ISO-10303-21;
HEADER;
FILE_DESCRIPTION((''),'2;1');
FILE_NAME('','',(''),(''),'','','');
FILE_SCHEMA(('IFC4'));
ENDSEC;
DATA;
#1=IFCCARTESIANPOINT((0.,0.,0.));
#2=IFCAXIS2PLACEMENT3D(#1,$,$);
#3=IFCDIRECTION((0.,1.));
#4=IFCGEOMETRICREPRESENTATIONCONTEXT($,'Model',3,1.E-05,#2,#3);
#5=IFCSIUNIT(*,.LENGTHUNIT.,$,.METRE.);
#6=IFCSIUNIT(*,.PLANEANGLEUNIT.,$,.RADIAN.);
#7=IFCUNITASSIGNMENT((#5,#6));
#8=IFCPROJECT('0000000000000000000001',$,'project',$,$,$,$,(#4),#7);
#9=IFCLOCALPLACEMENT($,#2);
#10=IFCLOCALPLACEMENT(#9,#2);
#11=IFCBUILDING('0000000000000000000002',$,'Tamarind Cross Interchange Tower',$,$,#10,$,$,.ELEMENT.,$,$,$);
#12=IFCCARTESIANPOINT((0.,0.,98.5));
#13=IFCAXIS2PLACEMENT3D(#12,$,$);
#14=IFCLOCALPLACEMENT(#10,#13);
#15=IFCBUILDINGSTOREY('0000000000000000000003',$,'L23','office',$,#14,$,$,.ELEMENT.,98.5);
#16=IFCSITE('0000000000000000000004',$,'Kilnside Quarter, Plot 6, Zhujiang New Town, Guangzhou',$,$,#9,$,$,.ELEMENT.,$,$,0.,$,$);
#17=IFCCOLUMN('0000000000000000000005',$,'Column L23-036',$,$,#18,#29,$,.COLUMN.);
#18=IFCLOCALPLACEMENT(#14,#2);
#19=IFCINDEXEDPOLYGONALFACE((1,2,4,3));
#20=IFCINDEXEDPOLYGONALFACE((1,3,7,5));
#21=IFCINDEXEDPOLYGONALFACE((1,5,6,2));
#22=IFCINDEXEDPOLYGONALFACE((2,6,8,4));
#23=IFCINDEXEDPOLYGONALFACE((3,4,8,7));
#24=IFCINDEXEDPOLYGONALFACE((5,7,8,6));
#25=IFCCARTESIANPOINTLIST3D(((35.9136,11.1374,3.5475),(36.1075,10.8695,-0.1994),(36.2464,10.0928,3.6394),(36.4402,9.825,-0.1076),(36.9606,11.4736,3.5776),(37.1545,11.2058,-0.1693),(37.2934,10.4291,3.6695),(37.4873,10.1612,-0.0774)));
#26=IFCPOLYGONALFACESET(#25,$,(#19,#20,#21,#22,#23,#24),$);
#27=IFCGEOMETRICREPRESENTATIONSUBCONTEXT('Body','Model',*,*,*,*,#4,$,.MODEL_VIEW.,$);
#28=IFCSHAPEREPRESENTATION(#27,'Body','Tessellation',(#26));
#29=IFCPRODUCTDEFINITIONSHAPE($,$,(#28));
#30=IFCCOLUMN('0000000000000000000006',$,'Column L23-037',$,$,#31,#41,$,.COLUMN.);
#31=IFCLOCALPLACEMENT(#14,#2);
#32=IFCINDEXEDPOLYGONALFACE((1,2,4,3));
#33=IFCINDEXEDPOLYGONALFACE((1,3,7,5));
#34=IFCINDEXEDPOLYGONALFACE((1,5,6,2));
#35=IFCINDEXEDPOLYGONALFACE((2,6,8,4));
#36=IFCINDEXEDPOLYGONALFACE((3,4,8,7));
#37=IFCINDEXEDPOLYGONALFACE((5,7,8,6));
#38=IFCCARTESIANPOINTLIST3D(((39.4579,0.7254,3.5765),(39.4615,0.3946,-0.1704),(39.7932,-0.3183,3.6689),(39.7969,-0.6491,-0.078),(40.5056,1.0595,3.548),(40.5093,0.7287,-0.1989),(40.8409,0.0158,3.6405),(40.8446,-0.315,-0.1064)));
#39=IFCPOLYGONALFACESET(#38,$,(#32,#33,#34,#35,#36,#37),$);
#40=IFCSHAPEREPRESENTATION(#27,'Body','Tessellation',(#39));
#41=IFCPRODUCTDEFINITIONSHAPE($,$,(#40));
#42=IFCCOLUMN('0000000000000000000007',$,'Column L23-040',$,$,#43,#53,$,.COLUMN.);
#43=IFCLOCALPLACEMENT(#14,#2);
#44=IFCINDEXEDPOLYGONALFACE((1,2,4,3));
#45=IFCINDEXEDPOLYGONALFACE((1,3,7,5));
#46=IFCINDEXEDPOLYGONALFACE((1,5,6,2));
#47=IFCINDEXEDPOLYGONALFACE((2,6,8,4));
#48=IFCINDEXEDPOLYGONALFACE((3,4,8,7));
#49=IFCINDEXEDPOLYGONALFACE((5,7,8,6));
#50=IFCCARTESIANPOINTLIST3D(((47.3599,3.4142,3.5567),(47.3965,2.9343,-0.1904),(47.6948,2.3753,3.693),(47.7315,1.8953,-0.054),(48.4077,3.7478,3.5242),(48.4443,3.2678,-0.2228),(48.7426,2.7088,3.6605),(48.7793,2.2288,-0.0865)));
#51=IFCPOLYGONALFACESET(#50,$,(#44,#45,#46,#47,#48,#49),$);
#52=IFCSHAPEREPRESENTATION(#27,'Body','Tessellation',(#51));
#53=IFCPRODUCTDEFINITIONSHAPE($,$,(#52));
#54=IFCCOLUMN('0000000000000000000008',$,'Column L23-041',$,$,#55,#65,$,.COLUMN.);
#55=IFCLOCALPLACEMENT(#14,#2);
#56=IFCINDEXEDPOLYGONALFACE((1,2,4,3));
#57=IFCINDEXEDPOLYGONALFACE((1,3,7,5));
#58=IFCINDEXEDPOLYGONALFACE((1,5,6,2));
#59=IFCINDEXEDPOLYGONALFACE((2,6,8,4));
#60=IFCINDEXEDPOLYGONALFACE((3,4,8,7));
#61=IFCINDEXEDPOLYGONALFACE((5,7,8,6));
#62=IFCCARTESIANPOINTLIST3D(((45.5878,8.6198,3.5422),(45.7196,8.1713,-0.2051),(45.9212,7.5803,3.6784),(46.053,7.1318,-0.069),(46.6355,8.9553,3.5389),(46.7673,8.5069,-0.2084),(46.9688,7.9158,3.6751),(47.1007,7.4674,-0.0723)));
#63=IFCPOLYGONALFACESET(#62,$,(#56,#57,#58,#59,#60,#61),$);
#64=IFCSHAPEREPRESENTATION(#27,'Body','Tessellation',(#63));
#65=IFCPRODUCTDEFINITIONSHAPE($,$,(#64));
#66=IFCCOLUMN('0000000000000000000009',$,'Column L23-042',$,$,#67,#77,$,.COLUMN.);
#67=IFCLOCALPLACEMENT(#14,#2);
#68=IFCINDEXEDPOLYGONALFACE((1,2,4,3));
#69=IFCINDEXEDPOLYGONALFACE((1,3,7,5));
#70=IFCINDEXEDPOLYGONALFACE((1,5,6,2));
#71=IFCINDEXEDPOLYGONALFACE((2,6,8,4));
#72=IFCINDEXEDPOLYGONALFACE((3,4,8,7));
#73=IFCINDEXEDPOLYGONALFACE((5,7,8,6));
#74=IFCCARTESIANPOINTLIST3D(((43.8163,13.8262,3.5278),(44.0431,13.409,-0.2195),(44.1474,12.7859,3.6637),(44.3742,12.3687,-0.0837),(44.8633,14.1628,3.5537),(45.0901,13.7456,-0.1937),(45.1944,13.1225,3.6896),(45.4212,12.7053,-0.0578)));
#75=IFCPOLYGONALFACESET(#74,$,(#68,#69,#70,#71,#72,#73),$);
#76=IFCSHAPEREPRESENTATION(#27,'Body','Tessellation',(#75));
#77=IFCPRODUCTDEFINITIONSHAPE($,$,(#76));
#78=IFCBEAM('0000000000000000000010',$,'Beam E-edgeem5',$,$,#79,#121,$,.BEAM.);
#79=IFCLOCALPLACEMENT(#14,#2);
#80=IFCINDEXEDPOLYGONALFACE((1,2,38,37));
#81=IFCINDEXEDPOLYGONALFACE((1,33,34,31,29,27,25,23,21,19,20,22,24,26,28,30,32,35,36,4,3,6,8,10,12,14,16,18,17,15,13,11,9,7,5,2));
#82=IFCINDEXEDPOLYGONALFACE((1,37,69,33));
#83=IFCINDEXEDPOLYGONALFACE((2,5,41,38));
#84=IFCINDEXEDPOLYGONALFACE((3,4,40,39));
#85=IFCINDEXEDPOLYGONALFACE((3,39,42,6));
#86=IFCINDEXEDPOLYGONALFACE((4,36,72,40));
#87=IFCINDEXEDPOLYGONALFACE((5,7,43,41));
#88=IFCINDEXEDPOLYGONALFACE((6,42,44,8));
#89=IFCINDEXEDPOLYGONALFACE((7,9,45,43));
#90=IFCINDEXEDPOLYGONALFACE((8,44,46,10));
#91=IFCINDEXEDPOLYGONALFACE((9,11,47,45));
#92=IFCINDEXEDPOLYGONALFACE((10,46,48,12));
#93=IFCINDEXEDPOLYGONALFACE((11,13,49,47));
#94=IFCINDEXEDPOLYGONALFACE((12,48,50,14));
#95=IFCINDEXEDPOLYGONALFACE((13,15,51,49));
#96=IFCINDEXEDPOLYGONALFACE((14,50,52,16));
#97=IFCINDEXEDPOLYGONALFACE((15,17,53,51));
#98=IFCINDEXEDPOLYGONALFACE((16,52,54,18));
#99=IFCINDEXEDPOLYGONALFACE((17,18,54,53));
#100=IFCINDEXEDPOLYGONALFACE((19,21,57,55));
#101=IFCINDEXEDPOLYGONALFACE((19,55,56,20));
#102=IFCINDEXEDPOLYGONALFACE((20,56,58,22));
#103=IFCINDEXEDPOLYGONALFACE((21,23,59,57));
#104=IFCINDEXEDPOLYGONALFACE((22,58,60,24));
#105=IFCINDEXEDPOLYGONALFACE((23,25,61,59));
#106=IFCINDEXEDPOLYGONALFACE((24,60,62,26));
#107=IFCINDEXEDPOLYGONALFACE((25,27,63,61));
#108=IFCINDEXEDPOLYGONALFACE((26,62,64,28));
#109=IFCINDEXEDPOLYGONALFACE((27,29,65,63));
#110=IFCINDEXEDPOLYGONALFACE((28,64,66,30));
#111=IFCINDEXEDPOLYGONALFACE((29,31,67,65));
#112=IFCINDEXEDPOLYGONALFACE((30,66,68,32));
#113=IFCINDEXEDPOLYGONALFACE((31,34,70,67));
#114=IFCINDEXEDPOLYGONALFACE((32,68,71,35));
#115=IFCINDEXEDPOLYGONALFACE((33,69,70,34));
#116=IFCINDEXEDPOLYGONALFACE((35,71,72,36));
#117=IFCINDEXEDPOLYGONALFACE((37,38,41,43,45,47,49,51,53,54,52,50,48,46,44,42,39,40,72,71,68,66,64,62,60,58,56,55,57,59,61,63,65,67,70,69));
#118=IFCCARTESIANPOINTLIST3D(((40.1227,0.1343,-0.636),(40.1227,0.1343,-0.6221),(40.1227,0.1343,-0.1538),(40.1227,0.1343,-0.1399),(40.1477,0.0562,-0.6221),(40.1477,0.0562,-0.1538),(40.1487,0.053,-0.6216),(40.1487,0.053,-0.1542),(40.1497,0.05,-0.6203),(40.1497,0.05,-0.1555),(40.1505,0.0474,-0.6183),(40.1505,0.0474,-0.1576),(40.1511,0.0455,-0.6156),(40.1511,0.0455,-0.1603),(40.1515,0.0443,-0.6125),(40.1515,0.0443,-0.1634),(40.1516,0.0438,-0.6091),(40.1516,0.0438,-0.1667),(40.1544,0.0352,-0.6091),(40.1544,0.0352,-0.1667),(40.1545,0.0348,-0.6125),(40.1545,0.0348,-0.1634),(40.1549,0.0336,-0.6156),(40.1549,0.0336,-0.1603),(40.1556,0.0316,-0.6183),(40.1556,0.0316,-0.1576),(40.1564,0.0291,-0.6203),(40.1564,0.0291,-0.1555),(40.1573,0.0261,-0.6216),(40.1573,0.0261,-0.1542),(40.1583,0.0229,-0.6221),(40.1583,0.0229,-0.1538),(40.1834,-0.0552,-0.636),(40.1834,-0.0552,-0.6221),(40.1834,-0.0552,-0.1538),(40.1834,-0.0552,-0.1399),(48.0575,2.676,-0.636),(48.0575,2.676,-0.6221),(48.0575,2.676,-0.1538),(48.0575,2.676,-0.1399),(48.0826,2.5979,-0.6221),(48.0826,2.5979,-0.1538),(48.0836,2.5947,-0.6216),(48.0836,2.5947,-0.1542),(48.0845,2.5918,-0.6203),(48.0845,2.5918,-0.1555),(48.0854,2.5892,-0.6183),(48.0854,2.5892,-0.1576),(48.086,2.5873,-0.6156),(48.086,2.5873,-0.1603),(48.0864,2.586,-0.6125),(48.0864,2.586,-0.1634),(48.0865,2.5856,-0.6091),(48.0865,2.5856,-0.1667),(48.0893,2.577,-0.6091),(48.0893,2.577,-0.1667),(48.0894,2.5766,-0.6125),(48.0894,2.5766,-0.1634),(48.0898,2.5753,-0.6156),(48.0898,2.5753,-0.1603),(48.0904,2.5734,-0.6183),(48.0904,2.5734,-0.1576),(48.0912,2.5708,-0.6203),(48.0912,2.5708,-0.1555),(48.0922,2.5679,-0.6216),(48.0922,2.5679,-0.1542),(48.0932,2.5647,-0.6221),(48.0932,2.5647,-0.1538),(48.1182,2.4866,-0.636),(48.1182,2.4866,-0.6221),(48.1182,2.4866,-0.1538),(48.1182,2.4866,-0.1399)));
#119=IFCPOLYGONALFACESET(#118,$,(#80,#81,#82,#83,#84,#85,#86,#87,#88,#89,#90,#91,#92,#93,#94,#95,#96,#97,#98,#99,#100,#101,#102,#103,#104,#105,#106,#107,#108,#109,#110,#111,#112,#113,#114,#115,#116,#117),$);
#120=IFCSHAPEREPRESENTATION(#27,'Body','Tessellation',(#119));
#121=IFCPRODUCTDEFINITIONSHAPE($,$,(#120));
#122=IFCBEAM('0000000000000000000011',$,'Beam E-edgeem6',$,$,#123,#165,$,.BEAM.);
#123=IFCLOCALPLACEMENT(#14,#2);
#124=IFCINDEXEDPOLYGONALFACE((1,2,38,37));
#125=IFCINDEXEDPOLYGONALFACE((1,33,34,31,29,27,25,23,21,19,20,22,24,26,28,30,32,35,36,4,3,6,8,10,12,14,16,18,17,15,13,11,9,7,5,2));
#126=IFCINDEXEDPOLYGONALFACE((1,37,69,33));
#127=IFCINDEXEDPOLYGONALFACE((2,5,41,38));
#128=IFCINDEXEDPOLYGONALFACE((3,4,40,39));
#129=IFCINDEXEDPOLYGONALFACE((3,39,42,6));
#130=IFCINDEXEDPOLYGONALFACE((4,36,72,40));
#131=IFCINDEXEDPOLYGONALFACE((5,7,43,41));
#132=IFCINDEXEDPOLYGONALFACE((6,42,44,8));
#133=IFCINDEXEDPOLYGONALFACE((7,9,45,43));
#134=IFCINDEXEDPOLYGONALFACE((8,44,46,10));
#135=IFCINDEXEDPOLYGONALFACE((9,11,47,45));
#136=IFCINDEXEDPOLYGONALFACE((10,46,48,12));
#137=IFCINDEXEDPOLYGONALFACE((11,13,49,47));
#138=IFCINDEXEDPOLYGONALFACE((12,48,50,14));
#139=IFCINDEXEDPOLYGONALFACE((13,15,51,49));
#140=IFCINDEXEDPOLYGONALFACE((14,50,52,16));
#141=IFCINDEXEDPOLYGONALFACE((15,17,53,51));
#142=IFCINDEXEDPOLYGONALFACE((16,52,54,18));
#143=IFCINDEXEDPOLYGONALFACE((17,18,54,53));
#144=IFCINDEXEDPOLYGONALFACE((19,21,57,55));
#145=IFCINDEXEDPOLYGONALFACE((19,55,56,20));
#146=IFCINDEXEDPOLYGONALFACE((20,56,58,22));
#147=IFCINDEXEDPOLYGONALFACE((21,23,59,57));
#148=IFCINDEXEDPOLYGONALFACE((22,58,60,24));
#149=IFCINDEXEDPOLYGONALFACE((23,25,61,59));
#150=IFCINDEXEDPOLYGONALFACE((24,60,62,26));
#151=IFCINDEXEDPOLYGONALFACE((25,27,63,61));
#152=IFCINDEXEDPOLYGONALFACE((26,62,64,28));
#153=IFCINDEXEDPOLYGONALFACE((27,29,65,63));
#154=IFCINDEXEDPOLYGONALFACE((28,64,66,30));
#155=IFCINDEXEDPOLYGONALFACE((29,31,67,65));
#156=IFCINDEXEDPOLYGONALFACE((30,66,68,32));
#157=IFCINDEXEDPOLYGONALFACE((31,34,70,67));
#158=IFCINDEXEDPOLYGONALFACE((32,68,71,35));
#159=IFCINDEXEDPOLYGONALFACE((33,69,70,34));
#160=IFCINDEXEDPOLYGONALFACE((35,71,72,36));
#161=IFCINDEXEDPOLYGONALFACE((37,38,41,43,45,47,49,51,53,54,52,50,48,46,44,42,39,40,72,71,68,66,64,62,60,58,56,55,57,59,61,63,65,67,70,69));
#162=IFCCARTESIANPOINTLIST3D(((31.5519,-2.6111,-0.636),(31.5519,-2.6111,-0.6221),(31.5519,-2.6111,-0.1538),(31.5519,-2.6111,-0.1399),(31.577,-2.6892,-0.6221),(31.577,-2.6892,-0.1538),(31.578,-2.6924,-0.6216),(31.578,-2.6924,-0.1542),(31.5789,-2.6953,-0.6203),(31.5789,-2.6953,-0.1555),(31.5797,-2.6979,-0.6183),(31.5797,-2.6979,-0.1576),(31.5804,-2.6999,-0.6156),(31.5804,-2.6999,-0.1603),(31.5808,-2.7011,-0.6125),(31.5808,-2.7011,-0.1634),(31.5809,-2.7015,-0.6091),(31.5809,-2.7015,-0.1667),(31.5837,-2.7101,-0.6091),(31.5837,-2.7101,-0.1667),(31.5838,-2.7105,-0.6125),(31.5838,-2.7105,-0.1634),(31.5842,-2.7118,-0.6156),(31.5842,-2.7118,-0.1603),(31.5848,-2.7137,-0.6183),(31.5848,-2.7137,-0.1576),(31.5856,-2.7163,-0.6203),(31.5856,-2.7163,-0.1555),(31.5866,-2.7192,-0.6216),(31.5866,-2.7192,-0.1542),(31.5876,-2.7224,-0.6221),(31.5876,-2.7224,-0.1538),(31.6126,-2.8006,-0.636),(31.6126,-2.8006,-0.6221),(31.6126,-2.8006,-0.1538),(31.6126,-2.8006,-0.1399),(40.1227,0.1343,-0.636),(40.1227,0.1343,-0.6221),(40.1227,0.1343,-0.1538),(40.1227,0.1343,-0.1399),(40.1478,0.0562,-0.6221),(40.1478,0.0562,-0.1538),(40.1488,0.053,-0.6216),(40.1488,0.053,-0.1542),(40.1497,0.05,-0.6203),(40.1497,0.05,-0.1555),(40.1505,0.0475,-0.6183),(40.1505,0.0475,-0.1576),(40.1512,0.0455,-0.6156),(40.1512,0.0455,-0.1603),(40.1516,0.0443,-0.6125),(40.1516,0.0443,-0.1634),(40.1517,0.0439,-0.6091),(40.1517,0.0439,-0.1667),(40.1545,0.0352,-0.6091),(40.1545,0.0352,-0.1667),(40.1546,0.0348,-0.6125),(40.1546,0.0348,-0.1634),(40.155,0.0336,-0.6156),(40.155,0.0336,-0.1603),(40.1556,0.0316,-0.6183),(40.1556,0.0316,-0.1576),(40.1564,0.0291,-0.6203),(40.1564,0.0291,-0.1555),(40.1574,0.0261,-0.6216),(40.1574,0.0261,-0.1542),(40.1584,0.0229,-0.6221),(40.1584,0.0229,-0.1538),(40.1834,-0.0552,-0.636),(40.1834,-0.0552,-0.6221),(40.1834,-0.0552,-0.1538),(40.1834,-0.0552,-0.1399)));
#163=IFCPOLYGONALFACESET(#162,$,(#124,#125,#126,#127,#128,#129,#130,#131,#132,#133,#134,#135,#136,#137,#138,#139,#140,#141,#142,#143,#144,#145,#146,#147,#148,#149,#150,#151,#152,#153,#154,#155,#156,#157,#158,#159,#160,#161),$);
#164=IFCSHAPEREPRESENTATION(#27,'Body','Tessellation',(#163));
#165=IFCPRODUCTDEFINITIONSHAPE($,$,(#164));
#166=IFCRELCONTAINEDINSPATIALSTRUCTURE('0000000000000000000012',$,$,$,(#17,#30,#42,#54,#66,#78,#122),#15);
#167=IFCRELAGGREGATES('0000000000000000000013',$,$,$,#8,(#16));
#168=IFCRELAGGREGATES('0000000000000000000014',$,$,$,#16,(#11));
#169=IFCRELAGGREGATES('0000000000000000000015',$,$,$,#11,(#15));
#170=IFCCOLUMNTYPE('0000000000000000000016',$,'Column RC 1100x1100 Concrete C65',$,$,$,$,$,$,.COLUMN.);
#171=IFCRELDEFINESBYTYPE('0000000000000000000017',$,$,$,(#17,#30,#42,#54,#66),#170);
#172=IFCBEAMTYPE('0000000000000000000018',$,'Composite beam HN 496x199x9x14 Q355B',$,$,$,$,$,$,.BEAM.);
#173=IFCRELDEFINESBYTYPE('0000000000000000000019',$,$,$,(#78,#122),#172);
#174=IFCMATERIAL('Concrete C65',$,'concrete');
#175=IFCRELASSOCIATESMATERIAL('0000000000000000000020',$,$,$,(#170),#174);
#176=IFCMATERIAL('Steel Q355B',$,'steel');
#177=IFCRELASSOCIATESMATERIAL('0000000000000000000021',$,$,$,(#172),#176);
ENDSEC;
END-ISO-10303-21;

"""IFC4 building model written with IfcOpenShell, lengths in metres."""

from ifc_helpers import new_model, si_unit, direction, frame, origin, origin_2d, place, context, subcontext, project, spatial, rectangle, i_section, extrude, material, material_profile, profile_set, type_object, element, save


model = new_model("IFC4")

# Units and contexts
model_context = context("Model", 3, precision=1e-05, world=origin(), true_north=direction((0.0, 1.0)))
body_context = subcontext(model_context, "Body", "Model", "MODEL_VIEW")
ifc_project = project(units=[si_unit("LENGTHUNIT", "METRE"), si_unit("PLANEANGLEUNIT", "RADIAN")], contexts=[model_context])

# Site, building, storey
site_placement = place(None, origin())
site = spatial("IfcSite", under=ifc_project, at=site_placement, Name="Kilnside Quarter, Plot 6, Zhujiang New Town, Guangzhou", CompositionType="ELEMENT", RefElevation=0.0)
building_placement = place(site_placement, origin())
building = spatial("IfcBuilding", under=site, at=building_placement, Name="Tamarind Cross Interchange Tower", CompositionType="ELEMENT")
storey_placement = place(building_placement, frame((0.0, 0.0, 98.5)))
storey = spatial("IfcBuildingStorey", under=building, at=storey_placement, Name="L23", Description="office", CompositionType="ELEMENT", Elevation=98.5)

# Columns
ifc_material_1 = material(Name="Concrete C65", Category="concrete")
ifc_material_profile_1 = material_profile(ifc_material_1, rectangle(XDim=1.1001, YDim=1.1001, at=origin_2d()), Name="RC 1100x1100")
ifc_profile_set_1 = profile_set([ifc_material_profile_1], Name="Concrete C65")
column_type = type_object("IfcColumnType", Name="Column RC 1100x1100 Concrete C65", PredefinedType="COLUMN", material=ifc_profile_set_1)
for number, where, z_axis, x_axis, name in (
    (1, (36.7974, 10.5154, -0.1384), (-0.051536, 0.071203, 0.99613), (0.302506, -0.949481, 0.083519), "Column L23-036"),
    (2, (40.1531, 0.0398, -0.1384), (-0.000974, 0.087949, 0.996125), (-0.952417, -0.303696, 0.025883), "Column L23-037"),
):
    element("IfcColumn", number, at=place(storey_placement, frame(where, z_axis=z_axis, x_axis=x_axis)), inside=storey, type_object=column_type, Name=name, PredefinedType="COLUMN", context=body_context, shape_type="SweptSolid", body=[
        extrude(rectangle(XDim=1.1001, YDim=1.1001, at=origin_2d()), origin(), (0.0, 0.0, 1.0), 3.7615),
    ])
column_1_placement = place(storey_placement, frame((48.0879, 2.5815, -0.1384), z_axis=(-0.009694, 0.127051, 0.991849), x_axis=(-0.952473, -0.303189, 0.029528)))
element("IfcColumn", 3, at=column_1_placement, inside=storey, type_object=column_type, Name="Column L23-040", PredefinedType="COLUMN", context=body_context, shape_type="SweptSolid", body=[
    extrude(rectangle(XDim=1.1001, YDim=1.1001, at=origin_2d()), origin(), (0.0, 0.0, 1.0), 3.7778),
])
column_2_placement = place(storey_placement, frame((46.4102, 7.8193, -0.1387), z_axis=(-0.034911, 0.118762, 0.992309), x_axis=(-0.952342, -0.305016, 0.003)))
element("IfcColumn", 4, at=column_2_placement, inside=storey, type_object=column_type, Name="Column L23-041", PredefinedType="COLUMN", context=body_context, shape_type="SweptSolid", body=[
    extrude(rectangle(XDim=1.1001, YDim=1.1001, at=origin_2d()), origin(), (0.0, 0.0, 1.0), 3.7764),
])
column_3_placement = place(storey_placement, frame((44.7322, 13.0571, -0.1387), z_axis=(-0.060045, 0.110459, 0.992065), x_axis=(0.30095, -0.945609, 0.123502)))
element("IfcColumn", 5, at=column_3_placement, inside=storey, type_object=column_type, Name="Column L23-042", PredefinedType="COLUMN", context=body_context, shape_type="SweptSolid", body=[
    extrude(rectangle(XDim=1.1001, YDim=1.1001, at=origin_2d()), origin(), (0.0, 0.0, 1.0), 3.7773),
])

# Beams
ifc_material_2 = material(Name="Steel Q355B", Category="steel")
ifc_material_profile_2 = material_profile(ifc_material_2, i_section(OverallWidth=0.199, OverallDepth=0.4961, WebThickness=0.009, FlangeThickness=0.0139, FilletRadius=0.0129, at=origin_2d()), Name="HN 496x199x9x14")
ifc_profile_set_2 = profile_set([ifc_material_profile_2], Name="Steel Q355B")
beam_type_1 = type_object("IfcBeamType", Name="Composite beam HN 496x199x9x14 Q355B", PredefinedType="BEAM", material=ifc_profile_set_2)
beam_1_placement = place(storey_placement, frame((48.0879, 2.5813, -0.3879), z_axis=(-0.952333, -0.30506, 0.0), x_axis=(0.30506, -0.952333, 0.0)))
element("IfcBeam", 6, at=beam_1_placement, inside=storey, type_object=beam_type_1, Name="Beam E-edgeem5", PredefinedType="BEAM", context=body_context, shape_type="SweptSolid", body=[
    extrude(i_section(OverallWidth=0.199, OverallDepth=0.4961, WebThickness=0.009, FlangeThickness=0.0139, FilletRadius=0.0129, at=origin_2d()), origin(), (0.0, 0.0, 1.0), 8.332),
])
beam_2_placement = place(storey_placement, frame((40.1531, 0.0396, -0.3879), z_axis=(-0.952337, -0.305048, 0.0), x_axis=(0.305048, -0.952337, 0.0)))
element("IfcBeam", 7, at=beam_2_placement, inside=storey, type_object=beam_type_1, Name="Beam E-edgeem6", PredefinedType="BEAM", context=body_context, shape_type="SweptSolid", body=[
    extrude(i_section(OverallWidth=0.199, OverallDepth=0.4961, WebThickness=0.009, FlangeThickness=0.0139, FilletRadius=0.0129, at=origin_2d()), origin(), (0.0, 0.0, 1.0), 8.9998),
])

save(model, "model.ifc")
